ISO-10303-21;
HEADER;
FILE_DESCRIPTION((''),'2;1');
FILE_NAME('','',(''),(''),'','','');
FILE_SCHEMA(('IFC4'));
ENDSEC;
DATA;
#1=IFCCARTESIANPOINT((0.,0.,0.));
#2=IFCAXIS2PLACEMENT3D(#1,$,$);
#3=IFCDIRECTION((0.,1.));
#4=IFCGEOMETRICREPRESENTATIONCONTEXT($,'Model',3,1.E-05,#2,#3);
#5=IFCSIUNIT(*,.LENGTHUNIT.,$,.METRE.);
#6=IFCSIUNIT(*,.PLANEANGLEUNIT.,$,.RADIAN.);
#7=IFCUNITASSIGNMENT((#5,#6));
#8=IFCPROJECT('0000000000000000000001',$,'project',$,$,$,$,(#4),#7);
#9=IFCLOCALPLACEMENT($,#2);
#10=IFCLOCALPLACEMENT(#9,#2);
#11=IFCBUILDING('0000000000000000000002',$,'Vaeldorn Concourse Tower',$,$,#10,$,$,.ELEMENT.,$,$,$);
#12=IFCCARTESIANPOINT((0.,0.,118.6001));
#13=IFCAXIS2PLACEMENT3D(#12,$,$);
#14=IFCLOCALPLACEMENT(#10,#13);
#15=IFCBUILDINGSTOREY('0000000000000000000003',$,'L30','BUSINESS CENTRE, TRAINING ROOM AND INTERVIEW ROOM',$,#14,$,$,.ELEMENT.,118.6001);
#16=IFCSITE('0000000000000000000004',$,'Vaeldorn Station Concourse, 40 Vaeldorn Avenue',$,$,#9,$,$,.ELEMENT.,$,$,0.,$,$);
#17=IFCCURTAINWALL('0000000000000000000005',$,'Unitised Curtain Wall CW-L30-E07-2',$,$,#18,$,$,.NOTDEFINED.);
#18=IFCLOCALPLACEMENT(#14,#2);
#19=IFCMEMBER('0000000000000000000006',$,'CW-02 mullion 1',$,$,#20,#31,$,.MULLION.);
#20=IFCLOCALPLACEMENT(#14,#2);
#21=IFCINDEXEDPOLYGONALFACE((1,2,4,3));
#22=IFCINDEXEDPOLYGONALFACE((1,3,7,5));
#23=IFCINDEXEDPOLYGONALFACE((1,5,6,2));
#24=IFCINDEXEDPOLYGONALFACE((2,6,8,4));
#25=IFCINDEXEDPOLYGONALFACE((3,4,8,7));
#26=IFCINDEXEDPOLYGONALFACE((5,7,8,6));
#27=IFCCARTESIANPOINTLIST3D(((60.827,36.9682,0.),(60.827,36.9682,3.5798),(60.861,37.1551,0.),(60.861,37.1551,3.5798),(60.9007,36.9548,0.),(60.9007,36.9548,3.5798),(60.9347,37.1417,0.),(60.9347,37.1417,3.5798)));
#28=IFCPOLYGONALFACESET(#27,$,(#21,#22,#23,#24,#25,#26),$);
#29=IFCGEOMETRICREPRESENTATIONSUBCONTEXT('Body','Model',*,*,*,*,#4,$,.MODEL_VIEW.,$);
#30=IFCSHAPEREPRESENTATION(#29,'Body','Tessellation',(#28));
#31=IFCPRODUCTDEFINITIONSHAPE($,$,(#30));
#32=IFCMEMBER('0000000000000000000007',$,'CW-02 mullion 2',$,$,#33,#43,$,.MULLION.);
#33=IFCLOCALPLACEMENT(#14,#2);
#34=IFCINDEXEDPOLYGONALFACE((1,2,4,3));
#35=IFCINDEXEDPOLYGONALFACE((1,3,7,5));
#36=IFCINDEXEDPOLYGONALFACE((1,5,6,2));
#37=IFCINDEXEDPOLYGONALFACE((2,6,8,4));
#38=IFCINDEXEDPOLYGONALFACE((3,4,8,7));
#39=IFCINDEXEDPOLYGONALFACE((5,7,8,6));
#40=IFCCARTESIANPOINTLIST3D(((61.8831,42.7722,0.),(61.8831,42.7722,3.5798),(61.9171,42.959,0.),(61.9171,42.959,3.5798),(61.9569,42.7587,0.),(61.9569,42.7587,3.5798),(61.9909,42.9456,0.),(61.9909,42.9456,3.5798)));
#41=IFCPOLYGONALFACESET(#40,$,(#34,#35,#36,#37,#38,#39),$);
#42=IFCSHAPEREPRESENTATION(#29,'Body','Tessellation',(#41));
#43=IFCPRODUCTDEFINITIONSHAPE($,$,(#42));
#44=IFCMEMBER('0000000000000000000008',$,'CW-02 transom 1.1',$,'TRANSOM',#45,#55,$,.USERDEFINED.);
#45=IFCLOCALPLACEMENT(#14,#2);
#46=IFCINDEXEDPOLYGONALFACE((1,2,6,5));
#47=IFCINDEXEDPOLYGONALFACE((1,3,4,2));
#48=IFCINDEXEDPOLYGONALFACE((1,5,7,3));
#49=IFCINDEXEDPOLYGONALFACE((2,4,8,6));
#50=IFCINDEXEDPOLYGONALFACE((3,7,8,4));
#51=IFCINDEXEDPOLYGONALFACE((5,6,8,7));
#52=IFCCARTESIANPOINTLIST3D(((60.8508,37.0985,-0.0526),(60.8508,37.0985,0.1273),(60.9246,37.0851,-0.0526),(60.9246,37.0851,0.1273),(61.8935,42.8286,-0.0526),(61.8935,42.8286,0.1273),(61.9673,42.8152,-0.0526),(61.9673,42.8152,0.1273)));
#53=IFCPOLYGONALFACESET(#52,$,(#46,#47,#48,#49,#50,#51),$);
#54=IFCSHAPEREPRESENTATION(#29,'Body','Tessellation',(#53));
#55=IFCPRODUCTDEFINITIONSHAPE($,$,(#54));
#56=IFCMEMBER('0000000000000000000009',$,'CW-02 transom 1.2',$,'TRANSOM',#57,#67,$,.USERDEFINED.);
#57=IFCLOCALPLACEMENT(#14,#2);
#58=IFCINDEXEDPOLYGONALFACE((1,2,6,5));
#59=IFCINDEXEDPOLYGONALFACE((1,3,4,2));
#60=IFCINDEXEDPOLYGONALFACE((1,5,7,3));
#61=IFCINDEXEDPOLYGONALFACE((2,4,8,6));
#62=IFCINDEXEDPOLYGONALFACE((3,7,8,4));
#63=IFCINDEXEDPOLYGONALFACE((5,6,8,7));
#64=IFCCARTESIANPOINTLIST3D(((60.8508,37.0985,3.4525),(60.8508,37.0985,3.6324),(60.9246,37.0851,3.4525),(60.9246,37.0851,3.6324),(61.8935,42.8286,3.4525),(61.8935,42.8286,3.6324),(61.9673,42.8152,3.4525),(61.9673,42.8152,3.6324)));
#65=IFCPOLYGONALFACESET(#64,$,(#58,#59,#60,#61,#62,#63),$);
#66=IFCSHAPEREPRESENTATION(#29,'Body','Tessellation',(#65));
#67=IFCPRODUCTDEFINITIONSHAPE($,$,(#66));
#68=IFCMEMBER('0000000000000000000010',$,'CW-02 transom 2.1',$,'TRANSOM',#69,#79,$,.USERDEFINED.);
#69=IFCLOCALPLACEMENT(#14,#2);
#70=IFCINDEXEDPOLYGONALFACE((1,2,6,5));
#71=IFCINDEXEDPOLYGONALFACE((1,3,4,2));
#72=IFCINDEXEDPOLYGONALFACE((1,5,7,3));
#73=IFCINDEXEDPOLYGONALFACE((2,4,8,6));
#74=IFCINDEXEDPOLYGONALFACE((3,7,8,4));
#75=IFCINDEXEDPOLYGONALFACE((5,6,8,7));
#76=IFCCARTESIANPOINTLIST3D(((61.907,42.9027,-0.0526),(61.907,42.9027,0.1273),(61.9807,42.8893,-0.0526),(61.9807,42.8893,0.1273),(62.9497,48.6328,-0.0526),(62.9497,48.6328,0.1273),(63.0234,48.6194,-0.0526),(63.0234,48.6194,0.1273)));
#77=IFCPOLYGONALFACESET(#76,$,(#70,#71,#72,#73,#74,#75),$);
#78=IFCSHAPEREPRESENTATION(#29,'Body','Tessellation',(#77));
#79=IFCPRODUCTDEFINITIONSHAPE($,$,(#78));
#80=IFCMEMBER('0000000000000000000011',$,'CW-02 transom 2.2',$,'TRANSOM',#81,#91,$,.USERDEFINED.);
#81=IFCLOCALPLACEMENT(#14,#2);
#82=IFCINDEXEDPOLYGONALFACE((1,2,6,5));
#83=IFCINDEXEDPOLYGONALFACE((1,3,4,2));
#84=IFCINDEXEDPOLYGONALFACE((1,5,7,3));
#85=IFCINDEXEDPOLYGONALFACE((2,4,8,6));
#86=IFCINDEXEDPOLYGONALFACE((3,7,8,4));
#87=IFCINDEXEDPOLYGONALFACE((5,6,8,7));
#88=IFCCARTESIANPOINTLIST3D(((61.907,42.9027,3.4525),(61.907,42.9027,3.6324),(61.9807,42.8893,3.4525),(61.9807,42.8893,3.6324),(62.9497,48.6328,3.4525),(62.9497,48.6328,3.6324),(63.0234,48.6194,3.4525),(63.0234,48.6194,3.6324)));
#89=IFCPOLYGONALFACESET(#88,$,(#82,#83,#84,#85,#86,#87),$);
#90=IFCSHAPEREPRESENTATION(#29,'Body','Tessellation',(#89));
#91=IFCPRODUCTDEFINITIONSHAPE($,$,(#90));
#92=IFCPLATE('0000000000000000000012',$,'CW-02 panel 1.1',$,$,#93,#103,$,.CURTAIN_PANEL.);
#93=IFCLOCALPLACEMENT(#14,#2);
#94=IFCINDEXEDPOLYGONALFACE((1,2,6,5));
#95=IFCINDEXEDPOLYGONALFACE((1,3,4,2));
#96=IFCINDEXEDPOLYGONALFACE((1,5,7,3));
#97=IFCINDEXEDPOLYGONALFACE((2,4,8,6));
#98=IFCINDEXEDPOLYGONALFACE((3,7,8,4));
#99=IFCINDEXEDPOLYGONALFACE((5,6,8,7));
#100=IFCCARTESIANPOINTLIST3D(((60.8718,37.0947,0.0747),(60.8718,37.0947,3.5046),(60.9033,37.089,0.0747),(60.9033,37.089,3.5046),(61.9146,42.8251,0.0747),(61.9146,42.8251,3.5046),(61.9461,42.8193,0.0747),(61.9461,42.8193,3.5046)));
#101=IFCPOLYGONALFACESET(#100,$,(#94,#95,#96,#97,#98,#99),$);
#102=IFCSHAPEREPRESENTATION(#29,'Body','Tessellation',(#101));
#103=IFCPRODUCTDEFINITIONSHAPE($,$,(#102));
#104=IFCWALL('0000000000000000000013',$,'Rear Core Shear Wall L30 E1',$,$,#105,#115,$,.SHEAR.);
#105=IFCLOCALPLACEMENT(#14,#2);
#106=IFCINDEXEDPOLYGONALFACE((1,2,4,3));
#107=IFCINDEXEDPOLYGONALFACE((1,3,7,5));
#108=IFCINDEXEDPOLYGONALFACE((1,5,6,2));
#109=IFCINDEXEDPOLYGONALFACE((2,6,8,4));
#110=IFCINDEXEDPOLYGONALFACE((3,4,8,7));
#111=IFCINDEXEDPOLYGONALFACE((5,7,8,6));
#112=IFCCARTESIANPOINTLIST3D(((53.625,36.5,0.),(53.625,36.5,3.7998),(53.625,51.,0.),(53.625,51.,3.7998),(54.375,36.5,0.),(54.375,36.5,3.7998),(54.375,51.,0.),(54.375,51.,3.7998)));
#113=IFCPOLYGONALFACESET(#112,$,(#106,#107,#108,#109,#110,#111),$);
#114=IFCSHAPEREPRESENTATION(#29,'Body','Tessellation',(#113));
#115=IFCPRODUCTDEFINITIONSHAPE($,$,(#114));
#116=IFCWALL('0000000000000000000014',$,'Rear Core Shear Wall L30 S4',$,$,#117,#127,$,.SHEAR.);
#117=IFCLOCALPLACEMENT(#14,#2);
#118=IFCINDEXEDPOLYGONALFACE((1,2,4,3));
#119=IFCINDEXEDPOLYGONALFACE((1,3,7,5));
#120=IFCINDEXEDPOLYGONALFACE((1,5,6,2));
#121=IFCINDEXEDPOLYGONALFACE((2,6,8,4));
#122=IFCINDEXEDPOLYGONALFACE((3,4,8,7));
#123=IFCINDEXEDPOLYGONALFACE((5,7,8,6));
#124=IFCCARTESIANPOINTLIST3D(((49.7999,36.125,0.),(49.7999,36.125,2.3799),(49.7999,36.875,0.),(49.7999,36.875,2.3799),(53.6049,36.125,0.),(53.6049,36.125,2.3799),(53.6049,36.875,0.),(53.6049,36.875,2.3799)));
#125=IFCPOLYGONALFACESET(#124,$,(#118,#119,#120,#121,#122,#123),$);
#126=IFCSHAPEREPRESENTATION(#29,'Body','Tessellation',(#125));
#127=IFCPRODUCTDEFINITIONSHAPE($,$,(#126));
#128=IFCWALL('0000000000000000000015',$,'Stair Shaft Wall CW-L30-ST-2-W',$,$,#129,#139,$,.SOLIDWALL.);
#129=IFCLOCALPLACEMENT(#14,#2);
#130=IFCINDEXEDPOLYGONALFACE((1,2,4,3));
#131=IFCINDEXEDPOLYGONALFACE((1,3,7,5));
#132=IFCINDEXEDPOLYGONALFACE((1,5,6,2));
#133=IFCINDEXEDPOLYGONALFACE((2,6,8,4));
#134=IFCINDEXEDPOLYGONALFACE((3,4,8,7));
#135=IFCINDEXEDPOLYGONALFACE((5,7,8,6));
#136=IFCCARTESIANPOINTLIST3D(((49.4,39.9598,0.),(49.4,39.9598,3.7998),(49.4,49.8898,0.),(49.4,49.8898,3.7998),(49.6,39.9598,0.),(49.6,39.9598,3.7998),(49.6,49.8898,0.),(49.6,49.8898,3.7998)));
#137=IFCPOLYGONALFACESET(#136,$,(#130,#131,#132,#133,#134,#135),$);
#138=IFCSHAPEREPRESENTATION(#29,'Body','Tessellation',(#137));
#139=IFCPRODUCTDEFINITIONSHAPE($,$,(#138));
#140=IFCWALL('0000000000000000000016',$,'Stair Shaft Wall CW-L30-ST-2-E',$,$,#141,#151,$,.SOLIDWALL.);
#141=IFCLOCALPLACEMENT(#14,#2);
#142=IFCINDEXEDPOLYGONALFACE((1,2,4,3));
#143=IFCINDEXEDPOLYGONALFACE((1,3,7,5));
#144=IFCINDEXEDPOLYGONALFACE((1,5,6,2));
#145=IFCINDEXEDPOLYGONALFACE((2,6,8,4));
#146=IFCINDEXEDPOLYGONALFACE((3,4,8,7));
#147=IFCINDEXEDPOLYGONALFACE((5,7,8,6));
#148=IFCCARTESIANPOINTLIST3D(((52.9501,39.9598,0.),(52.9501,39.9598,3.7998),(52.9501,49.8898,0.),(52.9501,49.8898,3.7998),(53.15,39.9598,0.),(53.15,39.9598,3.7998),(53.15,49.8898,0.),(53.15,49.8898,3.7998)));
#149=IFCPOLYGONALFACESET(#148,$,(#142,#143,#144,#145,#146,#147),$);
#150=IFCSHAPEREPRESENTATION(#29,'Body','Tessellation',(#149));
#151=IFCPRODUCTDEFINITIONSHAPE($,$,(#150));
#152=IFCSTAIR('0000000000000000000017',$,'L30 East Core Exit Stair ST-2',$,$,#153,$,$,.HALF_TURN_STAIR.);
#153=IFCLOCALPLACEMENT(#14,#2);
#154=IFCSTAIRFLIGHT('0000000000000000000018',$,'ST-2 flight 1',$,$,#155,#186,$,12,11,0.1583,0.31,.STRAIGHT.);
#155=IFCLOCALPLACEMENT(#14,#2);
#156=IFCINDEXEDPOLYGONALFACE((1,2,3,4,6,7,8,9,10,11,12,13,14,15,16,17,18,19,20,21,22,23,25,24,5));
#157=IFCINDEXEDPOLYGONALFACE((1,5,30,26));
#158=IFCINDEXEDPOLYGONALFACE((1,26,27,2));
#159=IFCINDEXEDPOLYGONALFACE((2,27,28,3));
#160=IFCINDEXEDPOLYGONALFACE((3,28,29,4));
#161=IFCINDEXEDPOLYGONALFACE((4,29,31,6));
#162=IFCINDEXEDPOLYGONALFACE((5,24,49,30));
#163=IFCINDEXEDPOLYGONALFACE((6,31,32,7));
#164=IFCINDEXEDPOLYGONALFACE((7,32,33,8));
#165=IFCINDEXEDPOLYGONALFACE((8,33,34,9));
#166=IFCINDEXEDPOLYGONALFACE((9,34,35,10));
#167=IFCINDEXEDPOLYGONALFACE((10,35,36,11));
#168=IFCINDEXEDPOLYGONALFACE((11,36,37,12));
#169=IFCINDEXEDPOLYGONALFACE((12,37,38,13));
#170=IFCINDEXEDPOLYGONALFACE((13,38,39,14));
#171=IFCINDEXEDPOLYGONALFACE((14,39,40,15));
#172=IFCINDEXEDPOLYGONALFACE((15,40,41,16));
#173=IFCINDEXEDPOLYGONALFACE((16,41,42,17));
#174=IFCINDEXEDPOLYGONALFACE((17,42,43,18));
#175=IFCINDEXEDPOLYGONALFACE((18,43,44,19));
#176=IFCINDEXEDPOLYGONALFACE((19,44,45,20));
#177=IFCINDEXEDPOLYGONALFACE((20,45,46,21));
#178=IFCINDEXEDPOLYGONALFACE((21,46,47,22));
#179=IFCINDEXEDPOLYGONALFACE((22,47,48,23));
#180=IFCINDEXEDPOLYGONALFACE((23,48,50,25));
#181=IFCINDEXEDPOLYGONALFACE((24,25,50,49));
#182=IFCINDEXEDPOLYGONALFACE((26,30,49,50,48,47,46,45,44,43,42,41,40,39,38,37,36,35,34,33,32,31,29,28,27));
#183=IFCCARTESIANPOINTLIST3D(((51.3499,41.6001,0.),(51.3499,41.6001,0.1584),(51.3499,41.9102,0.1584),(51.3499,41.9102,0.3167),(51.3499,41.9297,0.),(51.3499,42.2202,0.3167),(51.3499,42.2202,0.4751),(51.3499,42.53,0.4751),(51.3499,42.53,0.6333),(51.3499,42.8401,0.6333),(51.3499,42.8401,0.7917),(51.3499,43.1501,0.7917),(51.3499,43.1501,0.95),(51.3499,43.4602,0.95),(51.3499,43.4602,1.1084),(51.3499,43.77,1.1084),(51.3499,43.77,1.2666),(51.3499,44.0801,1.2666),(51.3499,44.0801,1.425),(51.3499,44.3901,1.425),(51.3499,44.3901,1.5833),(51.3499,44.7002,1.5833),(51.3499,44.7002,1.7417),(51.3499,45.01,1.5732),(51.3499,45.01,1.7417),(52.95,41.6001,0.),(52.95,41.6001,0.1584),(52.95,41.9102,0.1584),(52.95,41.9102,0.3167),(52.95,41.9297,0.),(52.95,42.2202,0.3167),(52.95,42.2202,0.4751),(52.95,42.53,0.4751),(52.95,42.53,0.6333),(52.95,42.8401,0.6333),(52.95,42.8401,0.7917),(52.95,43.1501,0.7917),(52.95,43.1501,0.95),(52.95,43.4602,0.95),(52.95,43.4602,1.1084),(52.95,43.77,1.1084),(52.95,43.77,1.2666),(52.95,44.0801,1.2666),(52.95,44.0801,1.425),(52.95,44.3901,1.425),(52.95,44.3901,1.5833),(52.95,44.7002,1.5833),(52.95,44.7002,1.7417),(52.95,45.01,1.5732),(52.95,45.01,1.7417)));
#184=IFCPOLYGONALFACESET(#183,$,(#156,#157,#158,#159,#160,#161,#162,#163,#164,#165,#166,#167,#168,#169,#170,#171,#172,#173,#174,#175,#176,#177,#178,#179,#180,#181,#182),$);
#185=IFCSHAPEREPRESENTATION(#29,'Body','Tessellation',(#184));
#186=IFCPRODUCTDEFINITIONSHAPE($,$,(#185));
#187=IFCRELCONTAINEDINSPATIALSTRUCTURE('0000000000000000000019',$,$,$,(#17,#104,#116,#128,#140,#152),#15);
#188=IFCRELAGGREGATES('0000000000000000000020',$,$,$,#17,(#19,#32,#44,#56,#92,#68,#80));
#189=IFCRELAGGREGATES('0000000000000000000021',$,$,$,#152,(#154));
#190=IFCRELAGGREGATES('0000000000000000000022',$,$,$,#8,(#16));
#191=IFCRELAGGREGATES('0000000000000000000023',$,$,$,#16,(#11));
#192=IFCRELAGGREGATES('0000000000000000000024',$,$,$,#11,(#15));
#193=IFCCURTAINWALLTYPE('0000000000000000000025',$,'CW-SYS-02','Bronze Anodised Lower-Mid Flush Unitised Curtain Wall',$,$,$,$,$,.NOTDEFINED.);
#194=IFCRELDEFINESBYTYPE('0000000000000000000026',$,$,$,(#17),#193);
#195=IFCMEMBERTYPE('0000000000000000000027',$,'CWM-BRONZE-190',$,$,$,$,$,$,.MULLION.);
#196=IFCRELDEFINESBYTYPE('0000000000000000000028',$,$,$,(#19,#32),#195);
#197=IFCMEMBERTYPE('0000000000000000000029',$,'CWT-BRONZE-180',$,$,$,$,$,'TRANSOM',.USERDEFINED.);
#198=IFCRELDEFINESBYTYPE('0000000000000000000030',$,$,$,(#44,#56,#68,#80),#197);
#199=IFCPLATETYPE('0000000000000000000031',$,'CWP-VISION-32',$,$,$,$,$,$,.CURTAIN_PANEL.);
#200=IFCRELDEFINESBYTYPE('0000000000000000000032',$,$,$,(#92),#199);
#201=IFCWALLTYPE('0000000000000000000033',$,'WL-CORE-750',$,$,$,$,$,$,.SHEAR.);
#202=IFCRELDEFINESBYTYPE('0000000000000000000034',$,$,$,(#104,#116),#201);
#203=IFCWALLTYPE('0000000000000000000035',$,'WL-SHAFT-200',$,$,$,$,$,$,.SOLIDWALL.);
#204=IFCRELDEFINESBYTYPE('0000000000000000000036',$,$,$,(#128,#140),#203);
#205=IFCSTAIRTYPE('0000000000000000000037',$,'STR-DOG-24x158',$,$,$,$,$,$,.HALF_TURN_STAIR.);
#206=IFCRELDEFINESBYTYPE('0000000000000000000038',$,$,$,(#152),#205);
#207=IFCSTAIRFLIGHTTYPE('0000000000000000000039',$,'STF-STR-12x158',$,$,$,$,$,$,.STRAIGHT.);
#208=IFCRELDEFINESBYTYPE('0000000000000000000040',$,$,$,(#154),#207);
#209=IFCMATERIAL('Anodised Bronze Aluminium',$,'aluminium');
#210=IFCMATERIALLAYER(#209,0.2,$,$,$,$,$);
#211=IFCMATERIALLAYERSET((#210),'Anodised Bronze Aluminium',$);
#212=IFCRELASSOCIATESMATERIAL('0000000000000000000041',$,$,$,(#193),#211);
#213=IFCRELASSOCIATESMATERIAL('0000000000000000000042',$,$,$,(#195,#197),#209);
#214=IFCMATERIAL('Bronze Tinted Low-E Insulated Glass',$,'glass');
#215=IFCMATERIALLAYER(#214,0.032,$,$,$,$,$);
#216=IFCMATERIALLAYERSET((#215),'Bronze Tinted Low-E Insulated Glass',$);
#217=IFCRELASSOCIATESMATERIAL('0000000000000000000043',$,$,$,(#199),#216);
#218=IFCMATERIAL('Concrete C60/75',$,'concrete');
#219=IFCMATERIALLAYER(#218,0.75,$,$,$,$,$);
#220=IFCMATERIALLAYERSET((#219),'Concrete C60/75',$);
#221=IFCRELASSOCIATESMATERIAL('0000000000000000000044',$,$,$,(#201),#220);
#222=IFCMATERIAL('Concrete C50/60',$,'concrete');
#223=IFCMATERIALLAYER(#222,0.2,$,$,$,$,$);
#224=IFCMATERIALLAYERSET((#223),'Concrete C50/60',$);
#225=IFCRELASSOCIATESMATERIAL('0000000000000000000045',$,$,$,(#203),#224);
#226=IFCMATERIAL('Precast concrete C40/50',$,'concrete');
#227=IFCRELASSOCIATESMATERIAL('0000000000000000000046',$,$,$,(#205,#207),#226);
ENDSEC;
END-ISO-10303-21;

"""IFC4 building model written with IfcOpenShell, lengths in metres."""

from ifc_helpers import new_model, si_unit, direction, frame, frame_2d, origin, origin_2d, place, context, subcontext, project, spatial, polyline, rectangle, outline, extrude, source, transform, mapped, material, layer, layer_set, material_profile, profile_set, type_object, element, aggregate, save


model = new_model("IFC4")

# Units and contexts
model_context = context("Model", 3, precision=1e-05, world=origin(), true_north=direction((0.0, 1.0)))
body_context = subcontext(model_context, "Body", "Model", "MODEL_VIEW")
ifc_project = project(units=[si_unit("LENGTHUNIT", "METRE"), si_unit("PLANEANGLEUNIT", "RADIAN")], contexts=[model_context])

# Site, building, storey
site_placement = place(None, origin())
site = spatial("IfcSite", under=ifc_project, at=site_placement, Name="Vaeldorn Station Concourse, 40 Vaeldorn Avenue", CompositionType="ELEMENT", RefElevation=0.0)
building_placement = place(site_placement, origin())
building = spatial("IfcBuilding", under=site, at=building_placement, Name="Vaeldorn Concourse Tower", CompositionType="ELEMENT")
storey_placement = place(building_placement, frame((0.0, 0.0, 118.6001)))
storey = spatial("IfcBuildingStorey", under=building, at=storey_placement, Name="L30", Description="BUSINESS CENTRE, TRAINING ROOM AND INTERVIEW ROOM", CompositionType="ELEMENT", Elevation=118.6001)

# Shared definitions
ifc_material_1 = material(Name="Concrete C60/75", Category="concrete")

# Curtain wall, members, plate
ifc_material_2 = material(Name="Anodised Bronze Aluminium", Category="aluminium")
ifc_layer_1 = layer(ifc_material_2, 0.2)
ifc_layer_set_1 = layer_set([ifc_layer_1], Name="Anodised Bronze Aluminium")
curtain_wall_type = type_object("IfcCurtainWallType", Name="CW-SYS-02", Description="Bronze Anodised Lower-Mid Flush Unitised Curtain Wall", PredefinedType="NOTDEFINED", material=ifc_layer_set_1)
curtain_wall_placement = place(storey_placement, origin())
curtain_wall = element("IfcCurtainWall", 1, at=curtain_wall_placement, inside=storey, type_object=curtain_wall_type, Name="Unitised Curtain Wall CW-L30-E07-2", PredefinedType="NOTDEFINED")
ifc_material_profile_1 = material_profile(ifc_material_2, rectangle(XDim=0.075, YDim=0.1899, at=origin_2d()), Name="CWM 75x190")
ifc_profile_set_1 = profile_set([ifc_material_profile_1], Name="Anodised Bronze Aluminium")
member_type_1 = type_object("IfcMemberType", Name="CWM-BRONZE-190", PredefinedType="MULLION", material=ifc_profile_set_1)
shared_shape_1 = source(origin(), body_context, "Body", "SweptSolid", [
    extrude(rectangle(XDim=0.075, YDim=0.1899, at=origin_2d()), origin(), (0.0, 0.0, 1.0), 3.5798),
])
member_1_placement = place(storey_placement, frame((60.8809, 37.0549, 0.0), z_axis=(0.0, 0.0, 1.0), x_axis=(-0.983843, 0.179032, 0.0)))
member_1 = element("IfcMember", 2, at=member_1_placement, type_object=member_type_1, Name="CW-02 mullion 1", PredefinedType="MULLION", context=body_context, shape_type="MappedRepresentation", body=[
    mapped(shared_shape_1, transform((0.0, 0.0, 0.0), scale=1.0)),
])
member_2_placement = place(storey_placement, frame((61.937, 42.8589, 0.0), z_axis=(0.0, 0.0, 1.0), x_axis=(-0.983843, 0.179032, 0.0)))
member_2 = element("IfcMember", 3, at=member_2_placement, type_object=member_type_1, Name="CW-02 mullion 2", PredefinedType="MULLION", context=body_context, shape_type="MappedRepresentation", body=[
    mapped(shared_shape_1, transform((0.0, 0.0, 0.0), scale=1.0)),
])
ifc_material_profile_2 = material_profile(ifc_material_2, rectangle(XDim=0.075, YDim=0.1799, at=origin_2d()), Name="CWT 75x180")
ifc_profile_set_2 = profile_set([ifc_material_profile_2], Name="Anodised Bronze Aluminium")
member_type_2 = type_object("IfcMemberType", Name="CWT-BRONZE-180", ElementType="TRANSOM", PredefinedType="USERDEFINED", material=ifc_profile_set_2)
shared_shape_2 = source(origin(), body_context, "Body", "SweptSolid", [
    extrude(rectangle(XDim=0.075, YDim=0.1799, at=origin_2d()), origin(), (0.0, 0.0, 1.0), 5.8242),
])
member_3_placement = place(storey_placement, frame((60.8877, 37.0918, 0.0374), z_axis=(0.179029, 0.983844, 0.0), x_axis=(-0.983844, 0.179029, 0.0)))
member_3 = element("IfcMember", 4, at=member_3_placement, type_object=member_type_2, Name="CW-02 transom 1.1", ObjectType="TRANSOM", PredefinedType="USERDEFINED", context=body_context, shape_type="MappedRepresentation", body=[
    mapped(shared_shape_2, transform((0.0, 0.0, 0.0), scale=1.0)),
])
member_4_placement = place(storey_placement, frame((60.8877, 37.0918, 3.5425), z_axis=(0.179029, 0.983844, 0.0), x_axis=(-0.983844, 0.179029, 0.0)))
member_4 = element("IfcMember", 5, at=member_4_placement, type_object=member_type_2, Name="CW-02 transom 1.2", ObjectType="TRANSOM", PredefinedType="USERDEFINED", context=body_context, shape_type="MappedRepresentation", body=[
    mapped(shared_shape_2, transform((0.0, 0.0, 0.0), scale=1.0)),
])
member_5_placement = place(storey_placement, frame((61.9438, 42.896, 0.0374), z_axis=(0.179029, 0.983844, 0.0), x_axis=(-0.983844, 0.179029, 0.0)))
member_5 = element("IfcMember", 6, at=member_5_placement, type_object=member_type_2, Name="CW-02 transom 2.1", ObjectType="TRANSOM", PredefinedType="USERDEFINED", context=body_context, shape_type="MappedRepresentation", body=[
    mapped(shared_shape_2, transform((0.0, 0.0, 0.0), scale=1.0)),
])
member_6_placement = place(storey_placement, frame((61.9438, 42.896, 3.5425), z_axis=(0.179029, 0.983844, 0.0), x_axis=(-0.983844, 0.179029, 0.0)))
member_6 = element("IfcMember", 7, at=member_6_placement, type_object=member_type_2, Name="CW-02 transom 2.2", ObjectType="TRANSOM", PredefinedType="USERDEFINED", context=body_context, shape_type="MappedRepresentation", body=[
    mapped(shared_shape_2, transform((0.0, 0.0, 0.0), scale=1.0)),
])
ifc_material_3 = material(Name="Bronze Tinted Low-E Insulated Glass", Category="glass")
ifc_layer_2 = layer(ifc_material_3, 0.032)
ifc_layer_set_2 = layer_set([ifc_layer_2], Name="Bronze Tinted Low-E Insulated Glass")
plate_type = type_object("IfcPlateType", Name="CWP-VISION-32", PredefinedType="CURTAIN_PANEL", material=ifc_layer_set_2)
shared_shape_3 = source(origin(), body_context, "Body", "SweptSolid", [
    extrude(rectangle(XDim=5.8245, YDim=0.032, at=origin_2d()), origin(), (0.0, 0.0, 1.0), 3.4299),
])
plate_placement = place(storey_placement, frame((61.4089, 39.957, 0.0747), z_axis=(0.0, 0.0, 1.0), x_axis=(0.179032, 0.983843, 0.0)))
plate = element("IfcPlate", 8, at=plate_placement, type_object=plate_type, Name="CW-02 panel 1.1", PredefinedType="CURTAIN_PANEL", context=body_context, shape_type="MappedRepresentation", body=[
    mapped(shared_shape_3, transform((0.0, 0.0, 0.0), scale=1.0)),
])
aggregate(curtain_wall, [member_1, member_2, member_3, member_4, plate, member_5, member_6])

# Walls
ifc_layer_3 = layer(ifc_material_1, 0.75)
ifc_layer_set_3 = layer_set([ifc_layer_3], Name="Concrete C60/75")
wall_type_1 = type_object("IfcWallType", Name="WL-CORE-750", PredefinedType="SHEAR", material=ifc_layer_set_3)
wall_1_placement = place(storey_placement, frame((54.0, 36.5, 0.0), z_axis=(0.0, 0.0, 1.0), x_axis=(0.0, 1.0, 0.0)))
element("IfcWall", 9, at=wall_1_placement, inside=storey, type_object=wall_type_1, Name="Rear Core Shear Wall L30 E1", PredefinedType="SHEAR", context=body_context, shape_type="SweptSolid", body=[
    extrude(rectangle(XDim=14.5, YDim=0.75, at=frame_2d((7.25, 0.0))), origin(), (0.0, 0.0, 1.0), 3.7998),
])
wall_2_placement = place(storey_placement, frame((49.8, 36.5, 0.0), z_axis=(0.0, 0.0, 1.0), x_axis=(1.0, 0.0, 0.0)))
element("IfcWall", 10, at=wall_2_placement, inside=storey, type_object=wall_type_1, Name="Rear Core Shear Wall L30 S4", PredefinedType="SHEAR", context=body_context, shape_type="SweptSolid", body=[
    extrude(rectangle(XDim=3.8049, YDim=0.75, at=frame_2d((1.9023, 0.0))), origin(), (0.0, 0.0, 1.0), 2.3799),
])
ifc_material_4 = material(Name="Concrete C50/60", Category="concrete")
ifc_layer_4 = layer(ifc_material_4, 0.2)
ifc_layer_set_4 = layer_set([ifc_layer_4], Name="Concrete C50/60")
wall_type_2 = type_object("IfcWallType", Name="WL-SHAFT-200", PredefinedType="SOLIDWALL", material=ifc_layer_set_4)
for number, where, z_axis, x_axis, name in (
    (11, (49.5, 39.96, 0.0), (0.0, 0.0, 1.0), (0.0, 1.0, 0.0), "Stair Shaft Wall CW-L30-ST-2-W"),
    (12, (53.05, 39.96, 0.0), (0.0, 0.0, 1.0), (0.0, 1.0, 0.0), "Stair Shaft Wall CW-L30-ST-2-E"),
):
    element("IfcWall", number, at=place(storey_placement, frame(where, z_axis=z_axis, x_axis=x_axis)), inside=storey, type_object=wall_type_2, Name=name, PredefinedType="SOLIDWALL", context=body_context, shape_type="SweptSolid", body=[
        extrude(rectangle(XDim=9.9299, YDim=0.2, at=frame_2d((4.9648, 0.0))), origin(), (0.0, 0.0, 1.0), 3.7998),
    ])

# Stair, stair flight
ifc_material_5 = material(Name="Precast concrete C40/50", Category="concrete")
stair_type = type_object("IfcStairType", Name="STR-DOG-24x158", PredefinedType="HALF_TURN_STAIR", material=ifc_material_5)
stair_placement = place(storey_placement, origin())
stair = element("IfcStair", 13, at=stair_placement, inside=storey, type_object=stair_type, Name="L30 East Core Exit Stair ST-2", PredefinedType="HALF_TURN_STAIR")
stair_flight_type = type_object("IfcStairFlightType", Name="STF-STR-12x158", PredefinedType="STRAIGHT", material=ifc_material_5)
stair_flight_placement = place(storey_placement, frame((52.1499, 41.6001, 0.0), z_axis=(0.0, 0.0, 1.0), x_axis=(0.0, 1.0, 0.0)))
stair_flight = element("IfcStairFlight", 14, at=stair_flight_placement, type_object=stair_flight_type, Name="ST-2 flight 1", NumberOfRisers=12, NumberOfTreads=11, PredefinedType="STRAIGHT", RiserHeight=0.1583, TreadLength=0.31, context=body_context, shape_type="SweptSolid", body=[
    extrude(outline(polyline([(0.0, 0.0), (0.0, 0.1584), (0.3101, 0.1584), (0.3101, 0.3167), (0.6201, 0.3167), (0.6201, 0.4751), (0.9299, 0.4751), (0.9299, 0.6333), (1.24, 0.6333), (1.24, 0.7917), (1.55, 0.7917), (1.55, 0.95), (1.8601, 0.95), (1.8601, 1.1084), (2.1699, 1.1084), (2.1699, 1.2666), (2.48, 1.2666), (2.48, 1.425), (2.79, 1.425), (2.79, 1.5833), (3.1001, 1.5833), (3.1001, 1.7417), (3.4099, 1.7417), (3.4099, 1.8999), (3.4099, 1.5732), (0.3296, 0.0), (0.0, 0.0)])), frame((0.0, 0.8, 0.0), z_axis=(0.0, -1.0, 0.0), x_axis=(1.0, 0.0, 0.0)), (0.0, 0.0, 1.0), 1.6001),
])
aggregate(stair, [stair_flight])

save(model, "model.ifc")
